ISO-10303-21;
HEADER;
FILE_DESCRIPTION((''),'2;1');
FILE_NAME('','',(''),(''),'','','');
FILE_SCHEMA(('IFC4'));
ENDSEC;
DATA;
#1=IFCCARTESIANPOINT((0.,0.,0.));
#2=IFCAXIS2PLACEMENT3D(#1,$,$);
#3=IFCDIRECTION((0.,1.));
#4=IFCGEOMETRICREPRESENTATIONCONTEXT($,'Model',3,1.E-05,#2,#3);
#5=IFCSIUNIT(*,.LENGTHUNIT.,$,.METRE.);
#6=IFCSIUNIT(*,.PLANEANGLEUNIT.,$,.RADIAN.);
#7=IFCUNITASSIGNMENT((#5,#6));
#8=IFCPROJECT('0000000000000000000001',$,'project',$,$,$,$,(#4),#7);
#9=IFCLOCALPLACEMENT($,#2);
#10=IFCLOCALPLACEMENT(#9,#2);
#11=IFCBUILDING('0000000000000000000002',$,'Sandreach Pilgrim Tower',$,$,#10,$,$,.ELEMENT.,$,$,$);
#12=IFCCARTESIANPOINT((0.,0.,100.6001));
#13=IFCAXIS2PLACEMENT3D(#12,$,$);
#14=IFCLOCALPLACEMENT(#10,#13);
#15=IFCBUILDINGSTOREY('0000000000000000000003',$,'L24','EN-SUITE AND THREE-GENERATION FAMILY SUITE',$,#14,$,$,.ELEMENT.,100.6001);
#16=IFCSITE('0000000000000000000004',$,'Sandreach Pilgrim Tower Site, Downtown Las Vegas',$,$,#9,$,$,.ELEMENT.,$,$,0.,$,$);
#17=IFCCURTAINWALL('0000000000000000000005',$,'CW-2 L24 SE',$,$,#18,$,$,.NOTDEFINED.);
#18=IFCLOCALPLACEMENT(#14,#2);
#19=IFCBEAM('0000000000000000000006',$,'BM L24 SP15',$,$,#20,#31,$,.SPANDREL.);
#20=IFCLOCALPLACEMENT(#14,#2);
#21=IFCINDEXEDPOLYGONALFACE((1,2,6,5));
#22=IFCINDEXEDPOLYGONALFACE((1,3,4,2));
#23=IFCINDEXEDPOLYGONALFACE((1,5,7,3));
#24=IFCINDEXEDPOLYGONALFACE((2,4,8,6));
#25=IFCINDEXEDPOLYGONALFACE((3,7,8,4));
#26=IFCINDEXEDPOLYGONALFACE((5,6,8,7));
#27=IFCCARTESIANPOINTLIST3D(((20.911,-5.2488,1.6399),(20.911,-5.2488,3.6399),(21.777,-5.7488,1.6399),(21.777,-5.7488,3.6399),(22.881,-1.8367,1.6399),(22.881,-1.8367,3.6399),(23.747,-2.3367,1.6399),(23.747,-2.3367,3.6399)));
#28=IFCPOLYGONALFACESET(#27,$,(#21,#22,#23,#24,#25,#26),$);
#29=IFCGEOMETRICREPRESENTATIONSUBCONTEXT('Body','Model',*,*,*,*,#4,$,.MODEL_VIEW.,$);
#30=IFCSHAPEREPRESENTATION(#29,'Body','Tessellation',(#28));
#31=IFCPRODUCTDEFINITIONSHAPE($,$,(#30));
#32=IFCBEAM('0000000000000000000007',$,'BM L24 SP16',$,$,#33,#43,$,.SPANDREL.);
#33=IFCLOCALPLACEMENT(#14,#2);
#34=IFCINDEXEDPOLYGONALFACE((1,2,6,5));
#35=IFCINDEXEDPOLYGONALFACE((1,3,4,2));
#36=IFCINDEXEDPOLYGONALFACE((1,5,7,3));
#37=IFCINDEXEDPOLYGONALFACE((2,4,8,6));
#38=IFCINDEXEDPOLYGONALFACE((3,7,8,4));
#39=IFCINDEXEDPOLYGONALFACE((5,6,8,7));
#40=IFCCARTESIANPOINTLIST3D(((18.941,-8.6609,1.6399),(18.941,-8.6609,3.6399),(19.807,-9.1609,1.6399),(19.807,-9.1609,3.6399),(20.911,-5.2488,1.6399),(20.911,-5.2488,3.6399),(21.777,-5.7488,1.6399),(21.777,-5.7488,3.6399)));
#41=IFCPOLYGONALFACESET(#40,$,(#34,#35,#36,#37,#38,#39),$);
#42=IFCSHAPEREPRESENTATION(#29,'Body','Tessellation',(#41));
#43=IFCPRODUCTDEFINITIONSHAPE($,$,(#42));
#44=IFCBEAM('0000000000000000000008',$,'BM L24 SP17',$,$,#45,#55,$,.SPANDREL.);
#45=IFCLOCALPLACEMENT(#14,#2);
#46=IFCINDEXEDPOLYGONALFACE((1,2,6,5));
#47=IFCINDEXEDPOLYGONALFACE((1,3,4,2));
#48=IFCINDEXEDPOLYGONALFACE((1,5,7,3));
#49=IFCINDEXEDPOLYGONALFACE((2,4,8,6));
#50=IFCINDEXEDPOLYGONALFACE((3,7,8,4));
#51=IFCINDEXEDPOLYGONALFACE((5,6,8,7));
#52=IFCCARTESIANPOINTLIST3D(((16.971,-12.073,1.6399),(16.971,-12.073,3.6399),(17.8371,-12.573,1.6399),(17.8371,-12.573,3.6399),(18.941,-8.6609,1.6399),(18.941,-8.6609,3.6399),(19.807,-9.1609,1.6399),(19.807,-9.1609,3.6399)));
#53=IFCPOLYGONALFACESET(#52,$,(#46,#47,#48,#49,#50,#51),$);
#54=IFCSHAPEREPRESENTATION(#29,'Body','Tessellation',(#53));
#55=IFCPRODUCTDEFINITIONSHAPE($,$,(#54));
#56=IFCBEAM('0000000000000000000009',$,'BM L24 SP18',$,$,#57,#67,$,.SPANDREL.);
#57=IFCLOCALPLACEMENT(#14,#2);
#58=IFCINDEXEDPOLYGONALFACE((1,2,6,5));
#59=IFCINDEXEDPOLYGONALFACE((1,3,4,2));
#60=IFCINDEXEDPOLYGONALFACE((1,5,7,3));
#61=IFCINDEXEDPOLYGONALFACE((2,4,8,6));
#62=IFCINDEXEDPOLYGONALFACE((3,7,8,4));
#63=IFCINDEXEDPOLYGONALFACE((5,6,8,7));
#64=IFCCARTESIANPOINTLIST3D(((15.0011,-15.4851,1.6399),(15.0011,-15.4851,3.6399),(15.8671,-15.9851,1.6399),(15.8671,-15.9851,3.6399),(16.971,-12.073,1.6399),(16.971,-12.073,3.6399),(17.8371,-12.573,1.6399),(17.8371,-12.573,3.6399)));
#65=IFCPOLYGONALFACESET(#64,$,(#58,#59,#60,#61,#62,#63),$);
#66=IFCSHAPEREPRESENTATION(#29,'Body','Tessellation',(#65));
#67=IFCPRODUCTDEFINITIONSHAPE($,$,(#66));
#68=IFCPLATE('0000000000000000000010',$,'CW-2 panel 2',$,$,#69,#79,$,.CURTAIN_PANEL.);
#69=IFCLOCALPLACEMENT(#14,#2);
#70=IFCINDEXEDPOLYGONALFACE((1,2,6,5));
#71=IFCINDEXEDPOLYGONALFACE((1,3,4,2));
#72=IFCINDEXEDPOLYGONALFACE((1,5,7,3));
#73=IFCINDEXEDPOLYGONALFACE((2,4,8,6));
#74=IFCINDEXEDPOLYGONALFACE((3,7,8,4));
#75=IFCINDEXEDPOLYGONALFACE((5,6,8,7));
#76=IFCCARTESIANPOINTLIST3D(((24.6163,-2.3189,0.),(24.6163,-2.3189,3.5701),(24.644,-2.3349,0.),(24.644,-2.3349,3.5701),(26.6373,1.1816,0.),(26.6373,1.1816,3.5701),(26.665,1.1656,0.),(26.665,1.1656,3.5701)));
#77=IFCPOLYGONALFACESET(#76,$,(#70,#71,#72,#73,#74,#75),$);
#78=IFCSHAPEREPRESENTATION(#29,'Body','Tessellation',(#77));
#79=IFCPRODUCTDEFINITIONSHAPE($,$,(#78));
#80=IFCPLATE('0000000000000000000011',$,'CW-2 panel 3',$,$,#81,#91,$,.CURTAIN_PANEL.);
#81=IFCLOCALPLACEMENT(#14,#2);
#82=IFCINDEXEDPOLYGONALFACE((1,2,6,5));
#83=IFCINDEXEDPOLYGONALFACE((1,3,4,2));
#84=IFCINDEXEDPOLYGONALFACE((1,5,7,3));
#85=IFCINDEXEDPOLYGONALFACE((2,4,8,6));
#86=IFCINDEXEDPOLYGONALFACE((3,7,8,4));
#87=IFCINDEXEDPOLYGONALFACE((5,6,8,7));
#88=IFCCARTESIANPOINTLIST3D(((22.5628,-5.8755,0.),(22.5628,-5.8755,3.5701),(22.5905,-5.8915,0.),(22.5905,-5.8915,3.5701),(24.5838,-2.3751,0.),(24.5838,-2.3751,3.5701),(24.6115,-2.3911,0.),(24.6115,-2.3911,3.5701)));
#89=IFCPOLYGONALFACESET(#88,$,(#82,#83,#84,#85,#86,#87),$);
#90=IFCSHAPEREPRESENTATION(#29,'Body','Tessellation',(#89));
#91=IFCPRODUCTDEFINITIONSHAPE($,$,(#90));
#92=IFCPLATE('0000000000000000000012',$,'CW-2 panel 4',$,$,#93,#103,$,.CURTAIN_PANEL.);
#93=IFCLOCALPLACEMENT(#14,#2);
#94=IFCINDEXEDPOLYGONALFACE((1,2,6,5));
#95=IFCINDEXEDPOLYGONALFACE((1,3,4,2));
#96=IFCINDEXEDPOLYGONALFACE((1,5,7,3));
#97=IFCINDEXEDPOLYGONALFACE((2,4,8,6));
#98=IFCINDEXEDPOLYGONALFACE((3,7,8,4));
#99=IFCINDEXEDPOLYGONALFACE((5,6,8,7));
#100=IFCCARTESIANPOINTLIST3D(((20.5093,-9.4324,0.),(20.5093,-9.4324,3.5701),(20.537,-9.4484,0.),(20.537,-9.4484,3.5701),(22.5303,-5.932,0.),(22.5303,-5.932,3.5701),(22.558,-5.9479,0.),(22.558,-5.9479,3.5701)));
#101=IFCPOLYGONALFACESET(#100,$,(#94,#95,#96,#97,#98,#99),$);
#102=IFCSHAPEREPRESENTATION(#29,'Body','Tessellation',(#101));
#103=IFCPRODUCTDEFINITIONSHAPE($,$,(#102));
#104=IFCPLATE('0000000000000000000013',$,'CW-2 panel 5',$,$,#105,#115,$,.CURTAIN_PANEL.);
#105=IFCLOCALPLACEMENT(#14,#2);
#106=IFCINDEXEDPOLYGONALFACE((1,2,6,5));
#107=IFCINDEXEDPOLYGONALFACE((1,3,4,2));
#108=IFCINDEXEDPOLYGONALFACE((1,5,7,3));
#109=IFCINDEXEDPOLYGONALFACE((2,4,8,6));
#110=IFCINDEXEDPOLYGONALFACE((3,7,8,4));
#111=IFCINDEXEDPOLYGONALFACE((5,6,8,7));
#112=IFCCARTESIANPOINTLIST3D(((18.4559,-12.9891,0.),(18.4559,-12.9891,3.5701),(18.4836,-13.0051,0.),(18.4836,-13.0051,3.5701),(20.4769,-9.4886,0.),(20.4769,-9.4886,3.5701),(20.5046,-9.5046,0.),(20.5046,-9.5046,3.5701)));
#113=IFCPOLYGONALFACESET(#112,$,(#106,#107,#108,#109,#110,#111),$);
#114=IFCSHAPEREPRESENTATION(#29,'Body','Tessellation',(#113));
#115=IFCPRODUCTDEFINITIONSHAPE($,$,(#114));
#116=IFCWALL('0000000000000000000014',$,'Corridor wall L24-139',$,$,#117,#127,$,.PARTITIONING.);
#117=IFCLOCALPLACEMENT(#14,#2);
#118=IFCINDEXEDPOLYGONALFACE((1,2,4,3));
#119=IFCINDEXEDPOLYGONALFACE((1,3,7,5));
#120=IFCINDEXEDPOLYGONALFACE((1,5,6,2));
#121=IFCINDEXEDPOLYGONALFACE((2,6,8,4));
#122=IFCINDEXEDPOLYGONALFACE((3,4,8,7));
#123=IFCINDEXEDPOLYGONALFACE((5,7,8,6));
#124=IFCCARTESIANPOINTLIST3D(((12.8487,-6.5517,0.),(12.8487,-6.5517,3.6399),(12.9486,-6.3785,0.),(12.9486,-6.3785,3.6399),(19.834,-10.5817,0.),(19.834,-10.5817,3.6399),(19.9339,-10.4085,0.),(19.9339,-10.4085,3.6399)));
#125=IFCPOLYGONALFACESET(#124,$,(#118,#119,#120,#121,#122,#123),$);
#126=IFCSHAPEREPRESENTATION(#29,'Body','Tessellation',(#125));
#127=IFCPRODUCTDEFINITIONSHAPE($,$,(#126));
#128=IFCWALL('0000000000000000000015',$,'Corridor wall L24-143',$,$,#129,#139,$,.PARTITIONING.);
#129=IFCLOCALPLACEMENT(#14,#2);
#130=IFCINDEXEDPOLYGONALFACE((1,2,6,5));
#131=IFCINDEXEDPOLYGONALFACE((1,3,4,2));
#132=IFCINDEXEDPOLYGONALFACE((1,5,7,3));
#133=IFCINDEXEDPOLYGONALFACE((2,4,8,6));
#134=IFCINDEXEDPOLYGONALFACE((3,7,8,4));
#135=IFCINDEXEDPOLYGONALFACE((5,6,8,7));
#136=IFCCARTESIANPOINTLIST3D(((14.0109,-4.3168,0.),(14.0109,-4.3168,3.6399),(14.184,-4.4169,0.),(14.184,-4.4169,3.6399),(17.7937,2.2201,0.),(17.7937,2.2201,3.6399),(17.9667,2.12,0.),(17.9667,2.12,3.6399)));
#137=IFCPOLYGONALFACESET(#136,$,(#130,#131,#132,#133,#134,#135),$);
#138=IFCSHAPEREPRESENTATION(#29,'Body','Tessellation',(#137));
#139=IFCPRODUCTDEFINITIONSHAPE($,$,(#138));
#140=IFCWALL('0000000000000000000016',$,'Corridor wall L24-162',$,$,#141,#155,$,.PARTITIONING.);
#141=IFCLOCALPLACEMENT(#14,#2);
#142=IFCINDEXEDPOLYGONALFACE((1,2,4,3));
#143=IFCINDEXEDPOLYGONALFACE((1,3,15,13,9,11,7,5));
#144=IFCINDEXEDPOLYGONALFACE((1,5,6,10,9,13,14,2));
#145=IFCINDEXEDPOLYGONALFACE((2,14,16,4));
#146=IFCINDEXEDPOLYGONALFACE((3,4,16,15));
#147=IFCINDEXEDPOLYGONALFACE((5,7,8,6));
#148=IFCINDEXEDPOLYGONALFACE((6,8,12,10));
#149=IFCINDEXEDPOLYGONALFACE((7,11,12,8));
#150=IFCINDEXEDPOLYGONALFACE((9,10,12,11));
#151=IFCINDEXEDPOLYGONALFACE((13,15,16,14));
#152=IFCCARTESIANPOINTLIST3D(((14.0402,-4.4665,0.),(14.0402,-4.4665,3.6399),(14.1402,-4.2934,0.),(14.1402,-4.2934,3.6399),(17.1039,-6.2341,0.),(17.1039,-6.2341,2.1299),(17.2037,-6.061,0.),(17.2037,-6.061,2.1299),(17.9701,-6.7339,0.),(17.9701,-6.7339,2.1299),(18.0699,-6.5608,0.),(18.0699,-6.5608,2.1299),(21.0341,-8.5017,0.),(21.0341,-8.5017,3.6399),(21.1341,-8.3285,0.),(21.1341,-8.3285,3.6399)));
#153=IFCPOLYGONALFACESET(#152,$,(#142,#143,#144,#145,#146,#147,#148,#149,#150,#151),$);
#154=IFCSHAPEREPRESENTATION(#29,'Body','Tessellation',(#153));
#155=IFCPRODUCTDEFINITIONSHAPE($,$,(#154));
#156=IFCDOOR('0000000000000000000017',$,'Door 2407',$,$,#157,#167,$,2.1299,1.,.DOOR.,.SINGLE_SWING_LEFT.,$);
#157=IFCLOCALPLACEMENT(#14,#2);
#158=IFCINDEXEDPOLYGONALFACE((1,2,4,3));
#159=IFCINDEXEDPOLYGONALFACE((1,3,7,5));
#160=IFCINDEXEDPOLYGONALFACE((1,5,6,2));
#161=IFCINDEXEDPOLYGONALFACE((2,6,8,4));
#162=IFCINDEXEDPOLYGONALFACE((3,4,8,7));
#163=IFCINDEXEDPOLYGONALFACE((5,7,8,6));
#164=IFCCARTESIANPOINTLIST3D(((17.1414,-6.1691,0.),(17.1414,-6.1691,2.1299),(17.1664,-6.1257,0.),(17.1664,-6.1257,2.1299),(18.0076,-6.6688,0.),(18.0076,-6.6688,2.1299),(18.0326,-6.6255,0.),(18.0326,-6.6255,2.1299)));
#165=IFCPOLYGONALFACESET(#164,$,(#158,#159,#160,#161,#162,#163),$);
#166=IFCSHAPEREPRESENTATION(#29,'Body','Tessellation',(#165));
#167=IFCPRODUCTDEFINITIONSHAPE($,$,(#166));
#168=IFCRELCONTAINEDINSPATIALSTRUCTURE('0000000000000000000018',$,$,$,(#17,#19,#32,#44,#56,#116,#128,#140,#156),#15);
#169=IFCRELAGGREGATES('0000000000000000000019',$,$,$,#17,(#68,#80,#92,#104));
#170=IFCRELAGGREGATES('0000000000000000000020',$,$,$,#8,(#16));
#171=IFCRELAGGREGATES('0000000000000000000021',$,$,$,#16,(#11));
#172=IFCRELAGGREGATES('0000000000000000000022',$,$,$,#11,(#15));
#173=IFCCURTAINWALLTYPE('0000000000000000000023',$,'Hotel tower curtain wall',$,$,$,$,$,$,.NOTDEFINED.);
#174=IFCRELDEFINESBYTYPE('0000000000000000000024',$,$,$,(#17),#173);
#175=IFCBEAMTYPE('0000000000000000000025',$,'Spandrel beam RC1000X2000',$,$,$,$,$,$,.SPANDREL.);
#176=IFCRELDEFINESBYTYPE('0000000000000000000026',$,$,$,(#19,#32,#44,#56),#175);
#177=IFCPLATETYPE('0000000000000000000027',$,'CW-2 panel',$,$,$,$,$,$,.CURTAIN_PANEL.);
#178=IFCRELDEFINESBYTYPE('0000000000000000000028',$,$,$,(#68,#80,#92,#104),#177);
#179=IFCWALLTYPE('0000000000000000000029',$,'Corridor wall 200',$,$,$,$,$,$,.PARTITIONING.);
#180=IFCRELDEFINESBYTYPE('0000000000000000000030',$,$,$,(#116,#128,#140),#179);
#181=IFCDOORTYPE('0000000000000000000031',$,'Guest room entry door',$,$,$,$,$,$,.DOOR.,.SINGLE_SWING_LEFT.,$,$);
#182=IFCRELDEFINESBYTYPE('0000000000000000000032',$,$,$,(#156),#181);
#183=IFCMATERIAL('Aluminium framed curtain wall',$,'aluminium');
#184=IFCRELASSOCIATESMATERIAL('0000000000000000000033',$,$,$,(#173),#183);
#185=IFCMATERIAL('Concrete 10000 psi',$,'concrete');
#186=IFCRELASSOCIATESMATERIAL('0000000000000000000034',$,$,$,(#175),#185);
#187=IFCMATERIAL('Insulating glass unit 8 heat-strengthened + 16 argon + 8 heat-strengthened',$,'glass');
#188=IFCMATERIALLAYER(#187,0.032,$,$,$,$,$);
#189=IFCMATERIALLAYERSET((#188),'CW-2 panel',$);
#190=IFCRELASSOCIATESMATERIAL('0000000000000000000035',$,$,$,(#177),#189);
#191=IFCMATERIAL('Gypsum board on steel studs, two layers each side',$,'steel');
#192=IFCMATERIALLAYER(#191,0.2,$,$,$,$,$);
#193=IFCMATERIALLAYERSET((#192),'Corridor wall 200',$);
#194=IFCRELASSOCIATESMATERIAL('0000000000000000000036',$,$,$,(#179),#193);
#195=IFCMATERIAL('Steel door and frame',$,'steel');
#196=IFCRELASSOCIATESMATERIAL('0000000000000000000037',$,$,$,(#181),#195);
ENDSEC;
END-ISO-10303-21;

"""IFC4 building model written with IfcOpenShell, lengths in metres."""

from ifc_helpers import new_model, si_unit, direction, frame, frame_2d, origin, origin_2d, place, context, subcontext, project, spatial, rectangle, extrude, material, layer, layer_set, material_profile, profile_set, type_object, element, fill, aggregate, save


model = new_model("IFC4")

# Units and contexts
model_context = context("Model", 3, precision=1e-05, world=origin(), true_north=direction((0.0, 1.0)))
body_context = subcontext(model_context, "Body", "Model", "MODEL_VIEW")
ifc_project = project(units=[si_unit("LENGTHUNIT", "METRE"), si_unit("PLANEANGLEUNIT", "RADIAN")], contexts=[model_context])

# Site, building, storey
site_placement = place(None, origin())
site = spatial("IfcSite", under=ifc_project, at=site_placement, Name="Sandreach Pilgrim Tower Site, Downtown Las Vegas", CompositionType="ELEMENT", RefElevation=0.0)
building_placement = place(site_placement, origin())
building = spatial("IfcBuilding", under=site, at=building_placement, Name="Sandreach Pilgrim Tower", CompositionType="ELEMENT")
storey_placement = place(building_placement, frame((0.0, 0.0, 100.6001)))
storey = spatial("IfcBuildingStorey", under=building, at=storey_placement, Name="L24", Description="EN-SUITE AND THREE-GENERATION FAMILY SUITE", CompositionType="ELEMENT", Elevation=100.6001)

# Curtain wall
ifc_material_1 = material(Name="Aluminium framed curtain wall", Category="aluminium")
curtain_wall_type = type_object("IfcCurtainWallType", Name="Hotel tower curtain wall", PredefinedType="NOTDEFINED", material=ifc_material_1)
curtain_wall_placement = place(storey_placement, origin())
curtain_wall = element("IfcCurtainWall", 1, at=curtain_wall_placement, inside=storey, type_object=curtain_wall_type, Name="CW-2 L24 SE", PredefinedType="NOTDEFINED")

# Beams
ifc_material_2 = material(Name="Concrete 10000 psi", Category="concrete")
ifc_material_profile_1 = material_profile(ifc_material_2, rectangle(XDim=1.0, YDim=2.0, at=origin_2d()), Name="RC1000X2000")
ifc_profile_set_1 = profile_set([ifc_material_profile_1], Name="Concrete 10000 psi")
beam_type_1 = type_object("IfcBeamType", Name="Spandrel beam RC1000X2000", PredefinedType="SPANDREL", material=ifc_profile_set_1)
for number, where, z_axis, x_axis, name in (
    (2, (23.314, -2.0867, 2.6399), (-0.499998, -0.866027, 0.0), (0.866027, -0.499998, 0.0), "BM L24 SP15"),
    (3, (21.344, -5.4988, 2.6399), (-0.499998, -0.866027, 0.0), (0.866027, -0.499998, 0.0), "BM L24 SP16"),
    (4, (19.374, -8.9109, 2.6399), (-0.499998, -0.866027, 0.0), (0.866027, -0.499998, 0.0), "BM L24 SP17"),
    (5, (17.4041, -12.323, 2.6399), (-0.499998, -0.866027, 0.0), (0.866027, -0.499998, 0.0), "BM L24 SP18"),
):
    element("IfcBeam", number, at=place(storey_placement, frame(where, z_axis=z_axis, x_axis=x_axis)), inside=storey, type_object=beam_type_1, Name=name, PredefinedType="SPANDREL", context=body_context, shape_type="SweptSolid", body=[
        extrude(rectangle(XDim=1.0, YDim=2.0, at=origin_2d()), origin(), (0.0, 0.0, 1.0), 3.9399),
    ])

# Plates
ifc_material_3 = material(Name="Insulating glass unit 8 heat-strengthened + 16 argon + 8 heat-strengthened", Category="glass")
ifc_layer_1 = layer(ifc_material_3, 0.032)
ifc_layer_set_1 = layer_set([ifc_layer_1], Name="CW-2 panel")
plate_type = type_object("IfcPlateType", Name="CW-2 panel", PredefinedType="CURTAIN_PANEL", material=ifc_layer_set_1)
plate_1_placement = place(storey_placement, frame((25.6406, -0.5767, 0.0), z_axis=(0.0, 0.0, 1.0), x_axis=(-0.5, -0.866025, 0.0)))
plate_1 = element("IfcPlate", 6, at=plate_1_placement, type_object=plate_type, Name="CW-2 panel 2", PredefinedType="CURTAIN_PANEL", context=body_context, shape_type="SweptSolid", body=[
    extrude(rectangle(XDim=4.042, YDim=0.032, at=origin_2d()), origin(), (0.0, 0.0, 1.0), 3.5701),
])
plate_2_placement = place(storey_placement, frame((23.5872, -4.1333, 0.0), z_axis=(0.0, 0.0, 1.0), x_axis=(-0.5, -0.866025, 0.0)))
plate_2 = element("IfcPlate", 7, at=plate_2_placement, type_object=plate_type, Name="CW-2 panel 3", PredefinedType="CURTAIN_PANEL", context=body_context, shape_type="SweptSolid", body=[
    extrude(rectangle(XDim=4.042, YDim=0.032, at=origin_2d()), origin(), (0.0, 0.0, 1.0), 3.5701),
])
plate_3_placement = place(storey_placement, frame((21.5337, -7.6902, 0.0), z_axis=(0.0, 0.0, 1.0), x_axis=(-0.5, -0.866025, 0.0)))
plate_3 = element("IfcPlate", 8, at=plate_3_placement, type_object=plate_type, Name="CW-2 panel 4", PredefinedType="CURTAIN_PANEL", context=body_context, shape_type="SweptSolid", body=[
    extrude(rectangle(XDim=4.042, YDim=0.032, at=origin_2d()), origin(), (0.0, 0.0, 1.0), 3.5701),
])
plate_4_placement = place(storey_placement, frame((19.4802, -11.2468, 0.0), z_axis=(0.0, 0.0, 1.0), x_axis=(-0.5, -0.866025, 0.0)))
plate_4 = element("IfcPlate", 9, at=plate_4_placement, type_object=plate_type, Name="CW-2 panel 5", PredefinedType="CURTAIN_PANEL", context=body_context, shape_type="SweptSolid", body=[
    extrude(rectangle(XDim=4.042, YDim=0.032, at=origin_2d()), origin(), (0.0, 0.0, 1.0), 3.5701),
])
aggregate(curtain_wall, [plate_1, plate_2, plate_3, plate_4])

# Walls
ifc_material_4 = material(Name="Gypsum board on steel studs, two layers each side", Category="steel")
ifc_layer_2 = layer(ifc_material_4, 0.2)
ifc_layer_set_2 = layer_set([ifc_layer_2], Name="Corridor wall 200")
wall_type = type_object("IfcWallType", Name="Corridor wall 200", PredefinedType="PARTITIONING", material=ifc_layer_set_2)
wall_1_placement = place(storey_placement, frame((12.8987, -6.4651, 0.0), z_axis=(0.0, 0.0, 1.0), x_axis=(0.866185, -0.499724, 0.0)))
element("IfcWall", 10, at=wall_1_placement, inside=storey, type_object=wall_type, Name="Corridor wall L24-139", PredefinedType="PARTITIONING", context=body_context, shape_type="SweptSolid", body=[
    extrude(rectangle(XDim=8.0645, YDim=0.2, at=frame_2d((4.0322, 0.0))), origin(), (0.0, 0.0, 1.0), 3.6399),
])
wall_2_placement = place(storey_placement, frame((14.0974, -4.3669, 0.0), z_axis=(0.0, 0.0, 1.0), x_axis=(0.500859, 0.865529, 0.0)))
element("IfcWall", 11, at=wall_2_placement, inside=storey, type_object=wall_type, Name="Corridor wall L24-143", PredefinedType="PARTITIONING", context=body_context, shape_type="SweptSolid", body=[
    extrude(rectangle(XDim=7.5525, YDim=0.2, at=frame_2d((3.7764, 0.0))), origin(), (0.0, 0.0, 1.0), 3.6399),
])

# Wall, opening, door
wall_3_placement = place(storey_placement, frame((21.084, -8.415, 0.0), z_axis=(0.0, 0.0, 1.0), x_axis=(-0.866174, 0.499743, 0.0)))
wall_3 = element("IfcWall", 12, at=wall_3_placement, inside=storey, type_object=wall_type, Name="Corridor wall L24-162", PredefinedType="PARTITIONING", context=body_context, shape_type="SweptSolid", body=[
    extrude(rectangle(XDim=8.0745, YDim=0.2, at=frame_2d((4.0371, 0.0))), origin(), (0.0, 0.0, 1.0), 3.6399),
])
opening_placement = place(wall_3_placement, frame((3.5374, 0.0, 0.0)))
opening = element("IfcOpeningElement", 13, at=opening_placement, cuts=wall_3, PredefinedType="OPENING", context=body_context, shape_type="SweptSolid", body=[
    extrude(rectangle(XDim=1.0, YDim=2.1299, at=frame_2d((0.5, 1.0649))), frame((0.0, 0.1001, 0.0), z_axis=(0.0, -1.0, 0.0), x_axis=(1.0, 0.0, 0.0)), (0.0, 0.0, 1.0), 0.2),
])
ifc_material_5 = material(Name="Steel door and frame", Category="steel")
door_type = type_object("IfcDoorType", Name="Guest room entry door", OperationType="SINGLE_SWING_LEFT", PredefinedType="DOOR", material=ifc_material_5)
door_placement = place(opening_placement, origin())
door = element("IfcDoor", 14, at=door_placement, inside=storey, type_object=door_type, Name="Door 2407", OperationType="SINGLE_SWING_LEFT", OverallHeight=2.1299, OverallWidth=1.0, PredefinedType="DOOR", context=body_context, shape_type="SweptSolid", body=[
    extrude(rectangle(XDim=1.0, YDim=2.1299, at=frame_2d((0.5, 1.0649))), frame((0.0, 0.0249, 0.0), z_axis=(0.0, -1.0, 0.0), x_axis=(1.0, 0.0, 0.0)), (0.0, 0.0, 1.0), 0.05),
])
fill(opening, door)

save(model, "model.ifc")
